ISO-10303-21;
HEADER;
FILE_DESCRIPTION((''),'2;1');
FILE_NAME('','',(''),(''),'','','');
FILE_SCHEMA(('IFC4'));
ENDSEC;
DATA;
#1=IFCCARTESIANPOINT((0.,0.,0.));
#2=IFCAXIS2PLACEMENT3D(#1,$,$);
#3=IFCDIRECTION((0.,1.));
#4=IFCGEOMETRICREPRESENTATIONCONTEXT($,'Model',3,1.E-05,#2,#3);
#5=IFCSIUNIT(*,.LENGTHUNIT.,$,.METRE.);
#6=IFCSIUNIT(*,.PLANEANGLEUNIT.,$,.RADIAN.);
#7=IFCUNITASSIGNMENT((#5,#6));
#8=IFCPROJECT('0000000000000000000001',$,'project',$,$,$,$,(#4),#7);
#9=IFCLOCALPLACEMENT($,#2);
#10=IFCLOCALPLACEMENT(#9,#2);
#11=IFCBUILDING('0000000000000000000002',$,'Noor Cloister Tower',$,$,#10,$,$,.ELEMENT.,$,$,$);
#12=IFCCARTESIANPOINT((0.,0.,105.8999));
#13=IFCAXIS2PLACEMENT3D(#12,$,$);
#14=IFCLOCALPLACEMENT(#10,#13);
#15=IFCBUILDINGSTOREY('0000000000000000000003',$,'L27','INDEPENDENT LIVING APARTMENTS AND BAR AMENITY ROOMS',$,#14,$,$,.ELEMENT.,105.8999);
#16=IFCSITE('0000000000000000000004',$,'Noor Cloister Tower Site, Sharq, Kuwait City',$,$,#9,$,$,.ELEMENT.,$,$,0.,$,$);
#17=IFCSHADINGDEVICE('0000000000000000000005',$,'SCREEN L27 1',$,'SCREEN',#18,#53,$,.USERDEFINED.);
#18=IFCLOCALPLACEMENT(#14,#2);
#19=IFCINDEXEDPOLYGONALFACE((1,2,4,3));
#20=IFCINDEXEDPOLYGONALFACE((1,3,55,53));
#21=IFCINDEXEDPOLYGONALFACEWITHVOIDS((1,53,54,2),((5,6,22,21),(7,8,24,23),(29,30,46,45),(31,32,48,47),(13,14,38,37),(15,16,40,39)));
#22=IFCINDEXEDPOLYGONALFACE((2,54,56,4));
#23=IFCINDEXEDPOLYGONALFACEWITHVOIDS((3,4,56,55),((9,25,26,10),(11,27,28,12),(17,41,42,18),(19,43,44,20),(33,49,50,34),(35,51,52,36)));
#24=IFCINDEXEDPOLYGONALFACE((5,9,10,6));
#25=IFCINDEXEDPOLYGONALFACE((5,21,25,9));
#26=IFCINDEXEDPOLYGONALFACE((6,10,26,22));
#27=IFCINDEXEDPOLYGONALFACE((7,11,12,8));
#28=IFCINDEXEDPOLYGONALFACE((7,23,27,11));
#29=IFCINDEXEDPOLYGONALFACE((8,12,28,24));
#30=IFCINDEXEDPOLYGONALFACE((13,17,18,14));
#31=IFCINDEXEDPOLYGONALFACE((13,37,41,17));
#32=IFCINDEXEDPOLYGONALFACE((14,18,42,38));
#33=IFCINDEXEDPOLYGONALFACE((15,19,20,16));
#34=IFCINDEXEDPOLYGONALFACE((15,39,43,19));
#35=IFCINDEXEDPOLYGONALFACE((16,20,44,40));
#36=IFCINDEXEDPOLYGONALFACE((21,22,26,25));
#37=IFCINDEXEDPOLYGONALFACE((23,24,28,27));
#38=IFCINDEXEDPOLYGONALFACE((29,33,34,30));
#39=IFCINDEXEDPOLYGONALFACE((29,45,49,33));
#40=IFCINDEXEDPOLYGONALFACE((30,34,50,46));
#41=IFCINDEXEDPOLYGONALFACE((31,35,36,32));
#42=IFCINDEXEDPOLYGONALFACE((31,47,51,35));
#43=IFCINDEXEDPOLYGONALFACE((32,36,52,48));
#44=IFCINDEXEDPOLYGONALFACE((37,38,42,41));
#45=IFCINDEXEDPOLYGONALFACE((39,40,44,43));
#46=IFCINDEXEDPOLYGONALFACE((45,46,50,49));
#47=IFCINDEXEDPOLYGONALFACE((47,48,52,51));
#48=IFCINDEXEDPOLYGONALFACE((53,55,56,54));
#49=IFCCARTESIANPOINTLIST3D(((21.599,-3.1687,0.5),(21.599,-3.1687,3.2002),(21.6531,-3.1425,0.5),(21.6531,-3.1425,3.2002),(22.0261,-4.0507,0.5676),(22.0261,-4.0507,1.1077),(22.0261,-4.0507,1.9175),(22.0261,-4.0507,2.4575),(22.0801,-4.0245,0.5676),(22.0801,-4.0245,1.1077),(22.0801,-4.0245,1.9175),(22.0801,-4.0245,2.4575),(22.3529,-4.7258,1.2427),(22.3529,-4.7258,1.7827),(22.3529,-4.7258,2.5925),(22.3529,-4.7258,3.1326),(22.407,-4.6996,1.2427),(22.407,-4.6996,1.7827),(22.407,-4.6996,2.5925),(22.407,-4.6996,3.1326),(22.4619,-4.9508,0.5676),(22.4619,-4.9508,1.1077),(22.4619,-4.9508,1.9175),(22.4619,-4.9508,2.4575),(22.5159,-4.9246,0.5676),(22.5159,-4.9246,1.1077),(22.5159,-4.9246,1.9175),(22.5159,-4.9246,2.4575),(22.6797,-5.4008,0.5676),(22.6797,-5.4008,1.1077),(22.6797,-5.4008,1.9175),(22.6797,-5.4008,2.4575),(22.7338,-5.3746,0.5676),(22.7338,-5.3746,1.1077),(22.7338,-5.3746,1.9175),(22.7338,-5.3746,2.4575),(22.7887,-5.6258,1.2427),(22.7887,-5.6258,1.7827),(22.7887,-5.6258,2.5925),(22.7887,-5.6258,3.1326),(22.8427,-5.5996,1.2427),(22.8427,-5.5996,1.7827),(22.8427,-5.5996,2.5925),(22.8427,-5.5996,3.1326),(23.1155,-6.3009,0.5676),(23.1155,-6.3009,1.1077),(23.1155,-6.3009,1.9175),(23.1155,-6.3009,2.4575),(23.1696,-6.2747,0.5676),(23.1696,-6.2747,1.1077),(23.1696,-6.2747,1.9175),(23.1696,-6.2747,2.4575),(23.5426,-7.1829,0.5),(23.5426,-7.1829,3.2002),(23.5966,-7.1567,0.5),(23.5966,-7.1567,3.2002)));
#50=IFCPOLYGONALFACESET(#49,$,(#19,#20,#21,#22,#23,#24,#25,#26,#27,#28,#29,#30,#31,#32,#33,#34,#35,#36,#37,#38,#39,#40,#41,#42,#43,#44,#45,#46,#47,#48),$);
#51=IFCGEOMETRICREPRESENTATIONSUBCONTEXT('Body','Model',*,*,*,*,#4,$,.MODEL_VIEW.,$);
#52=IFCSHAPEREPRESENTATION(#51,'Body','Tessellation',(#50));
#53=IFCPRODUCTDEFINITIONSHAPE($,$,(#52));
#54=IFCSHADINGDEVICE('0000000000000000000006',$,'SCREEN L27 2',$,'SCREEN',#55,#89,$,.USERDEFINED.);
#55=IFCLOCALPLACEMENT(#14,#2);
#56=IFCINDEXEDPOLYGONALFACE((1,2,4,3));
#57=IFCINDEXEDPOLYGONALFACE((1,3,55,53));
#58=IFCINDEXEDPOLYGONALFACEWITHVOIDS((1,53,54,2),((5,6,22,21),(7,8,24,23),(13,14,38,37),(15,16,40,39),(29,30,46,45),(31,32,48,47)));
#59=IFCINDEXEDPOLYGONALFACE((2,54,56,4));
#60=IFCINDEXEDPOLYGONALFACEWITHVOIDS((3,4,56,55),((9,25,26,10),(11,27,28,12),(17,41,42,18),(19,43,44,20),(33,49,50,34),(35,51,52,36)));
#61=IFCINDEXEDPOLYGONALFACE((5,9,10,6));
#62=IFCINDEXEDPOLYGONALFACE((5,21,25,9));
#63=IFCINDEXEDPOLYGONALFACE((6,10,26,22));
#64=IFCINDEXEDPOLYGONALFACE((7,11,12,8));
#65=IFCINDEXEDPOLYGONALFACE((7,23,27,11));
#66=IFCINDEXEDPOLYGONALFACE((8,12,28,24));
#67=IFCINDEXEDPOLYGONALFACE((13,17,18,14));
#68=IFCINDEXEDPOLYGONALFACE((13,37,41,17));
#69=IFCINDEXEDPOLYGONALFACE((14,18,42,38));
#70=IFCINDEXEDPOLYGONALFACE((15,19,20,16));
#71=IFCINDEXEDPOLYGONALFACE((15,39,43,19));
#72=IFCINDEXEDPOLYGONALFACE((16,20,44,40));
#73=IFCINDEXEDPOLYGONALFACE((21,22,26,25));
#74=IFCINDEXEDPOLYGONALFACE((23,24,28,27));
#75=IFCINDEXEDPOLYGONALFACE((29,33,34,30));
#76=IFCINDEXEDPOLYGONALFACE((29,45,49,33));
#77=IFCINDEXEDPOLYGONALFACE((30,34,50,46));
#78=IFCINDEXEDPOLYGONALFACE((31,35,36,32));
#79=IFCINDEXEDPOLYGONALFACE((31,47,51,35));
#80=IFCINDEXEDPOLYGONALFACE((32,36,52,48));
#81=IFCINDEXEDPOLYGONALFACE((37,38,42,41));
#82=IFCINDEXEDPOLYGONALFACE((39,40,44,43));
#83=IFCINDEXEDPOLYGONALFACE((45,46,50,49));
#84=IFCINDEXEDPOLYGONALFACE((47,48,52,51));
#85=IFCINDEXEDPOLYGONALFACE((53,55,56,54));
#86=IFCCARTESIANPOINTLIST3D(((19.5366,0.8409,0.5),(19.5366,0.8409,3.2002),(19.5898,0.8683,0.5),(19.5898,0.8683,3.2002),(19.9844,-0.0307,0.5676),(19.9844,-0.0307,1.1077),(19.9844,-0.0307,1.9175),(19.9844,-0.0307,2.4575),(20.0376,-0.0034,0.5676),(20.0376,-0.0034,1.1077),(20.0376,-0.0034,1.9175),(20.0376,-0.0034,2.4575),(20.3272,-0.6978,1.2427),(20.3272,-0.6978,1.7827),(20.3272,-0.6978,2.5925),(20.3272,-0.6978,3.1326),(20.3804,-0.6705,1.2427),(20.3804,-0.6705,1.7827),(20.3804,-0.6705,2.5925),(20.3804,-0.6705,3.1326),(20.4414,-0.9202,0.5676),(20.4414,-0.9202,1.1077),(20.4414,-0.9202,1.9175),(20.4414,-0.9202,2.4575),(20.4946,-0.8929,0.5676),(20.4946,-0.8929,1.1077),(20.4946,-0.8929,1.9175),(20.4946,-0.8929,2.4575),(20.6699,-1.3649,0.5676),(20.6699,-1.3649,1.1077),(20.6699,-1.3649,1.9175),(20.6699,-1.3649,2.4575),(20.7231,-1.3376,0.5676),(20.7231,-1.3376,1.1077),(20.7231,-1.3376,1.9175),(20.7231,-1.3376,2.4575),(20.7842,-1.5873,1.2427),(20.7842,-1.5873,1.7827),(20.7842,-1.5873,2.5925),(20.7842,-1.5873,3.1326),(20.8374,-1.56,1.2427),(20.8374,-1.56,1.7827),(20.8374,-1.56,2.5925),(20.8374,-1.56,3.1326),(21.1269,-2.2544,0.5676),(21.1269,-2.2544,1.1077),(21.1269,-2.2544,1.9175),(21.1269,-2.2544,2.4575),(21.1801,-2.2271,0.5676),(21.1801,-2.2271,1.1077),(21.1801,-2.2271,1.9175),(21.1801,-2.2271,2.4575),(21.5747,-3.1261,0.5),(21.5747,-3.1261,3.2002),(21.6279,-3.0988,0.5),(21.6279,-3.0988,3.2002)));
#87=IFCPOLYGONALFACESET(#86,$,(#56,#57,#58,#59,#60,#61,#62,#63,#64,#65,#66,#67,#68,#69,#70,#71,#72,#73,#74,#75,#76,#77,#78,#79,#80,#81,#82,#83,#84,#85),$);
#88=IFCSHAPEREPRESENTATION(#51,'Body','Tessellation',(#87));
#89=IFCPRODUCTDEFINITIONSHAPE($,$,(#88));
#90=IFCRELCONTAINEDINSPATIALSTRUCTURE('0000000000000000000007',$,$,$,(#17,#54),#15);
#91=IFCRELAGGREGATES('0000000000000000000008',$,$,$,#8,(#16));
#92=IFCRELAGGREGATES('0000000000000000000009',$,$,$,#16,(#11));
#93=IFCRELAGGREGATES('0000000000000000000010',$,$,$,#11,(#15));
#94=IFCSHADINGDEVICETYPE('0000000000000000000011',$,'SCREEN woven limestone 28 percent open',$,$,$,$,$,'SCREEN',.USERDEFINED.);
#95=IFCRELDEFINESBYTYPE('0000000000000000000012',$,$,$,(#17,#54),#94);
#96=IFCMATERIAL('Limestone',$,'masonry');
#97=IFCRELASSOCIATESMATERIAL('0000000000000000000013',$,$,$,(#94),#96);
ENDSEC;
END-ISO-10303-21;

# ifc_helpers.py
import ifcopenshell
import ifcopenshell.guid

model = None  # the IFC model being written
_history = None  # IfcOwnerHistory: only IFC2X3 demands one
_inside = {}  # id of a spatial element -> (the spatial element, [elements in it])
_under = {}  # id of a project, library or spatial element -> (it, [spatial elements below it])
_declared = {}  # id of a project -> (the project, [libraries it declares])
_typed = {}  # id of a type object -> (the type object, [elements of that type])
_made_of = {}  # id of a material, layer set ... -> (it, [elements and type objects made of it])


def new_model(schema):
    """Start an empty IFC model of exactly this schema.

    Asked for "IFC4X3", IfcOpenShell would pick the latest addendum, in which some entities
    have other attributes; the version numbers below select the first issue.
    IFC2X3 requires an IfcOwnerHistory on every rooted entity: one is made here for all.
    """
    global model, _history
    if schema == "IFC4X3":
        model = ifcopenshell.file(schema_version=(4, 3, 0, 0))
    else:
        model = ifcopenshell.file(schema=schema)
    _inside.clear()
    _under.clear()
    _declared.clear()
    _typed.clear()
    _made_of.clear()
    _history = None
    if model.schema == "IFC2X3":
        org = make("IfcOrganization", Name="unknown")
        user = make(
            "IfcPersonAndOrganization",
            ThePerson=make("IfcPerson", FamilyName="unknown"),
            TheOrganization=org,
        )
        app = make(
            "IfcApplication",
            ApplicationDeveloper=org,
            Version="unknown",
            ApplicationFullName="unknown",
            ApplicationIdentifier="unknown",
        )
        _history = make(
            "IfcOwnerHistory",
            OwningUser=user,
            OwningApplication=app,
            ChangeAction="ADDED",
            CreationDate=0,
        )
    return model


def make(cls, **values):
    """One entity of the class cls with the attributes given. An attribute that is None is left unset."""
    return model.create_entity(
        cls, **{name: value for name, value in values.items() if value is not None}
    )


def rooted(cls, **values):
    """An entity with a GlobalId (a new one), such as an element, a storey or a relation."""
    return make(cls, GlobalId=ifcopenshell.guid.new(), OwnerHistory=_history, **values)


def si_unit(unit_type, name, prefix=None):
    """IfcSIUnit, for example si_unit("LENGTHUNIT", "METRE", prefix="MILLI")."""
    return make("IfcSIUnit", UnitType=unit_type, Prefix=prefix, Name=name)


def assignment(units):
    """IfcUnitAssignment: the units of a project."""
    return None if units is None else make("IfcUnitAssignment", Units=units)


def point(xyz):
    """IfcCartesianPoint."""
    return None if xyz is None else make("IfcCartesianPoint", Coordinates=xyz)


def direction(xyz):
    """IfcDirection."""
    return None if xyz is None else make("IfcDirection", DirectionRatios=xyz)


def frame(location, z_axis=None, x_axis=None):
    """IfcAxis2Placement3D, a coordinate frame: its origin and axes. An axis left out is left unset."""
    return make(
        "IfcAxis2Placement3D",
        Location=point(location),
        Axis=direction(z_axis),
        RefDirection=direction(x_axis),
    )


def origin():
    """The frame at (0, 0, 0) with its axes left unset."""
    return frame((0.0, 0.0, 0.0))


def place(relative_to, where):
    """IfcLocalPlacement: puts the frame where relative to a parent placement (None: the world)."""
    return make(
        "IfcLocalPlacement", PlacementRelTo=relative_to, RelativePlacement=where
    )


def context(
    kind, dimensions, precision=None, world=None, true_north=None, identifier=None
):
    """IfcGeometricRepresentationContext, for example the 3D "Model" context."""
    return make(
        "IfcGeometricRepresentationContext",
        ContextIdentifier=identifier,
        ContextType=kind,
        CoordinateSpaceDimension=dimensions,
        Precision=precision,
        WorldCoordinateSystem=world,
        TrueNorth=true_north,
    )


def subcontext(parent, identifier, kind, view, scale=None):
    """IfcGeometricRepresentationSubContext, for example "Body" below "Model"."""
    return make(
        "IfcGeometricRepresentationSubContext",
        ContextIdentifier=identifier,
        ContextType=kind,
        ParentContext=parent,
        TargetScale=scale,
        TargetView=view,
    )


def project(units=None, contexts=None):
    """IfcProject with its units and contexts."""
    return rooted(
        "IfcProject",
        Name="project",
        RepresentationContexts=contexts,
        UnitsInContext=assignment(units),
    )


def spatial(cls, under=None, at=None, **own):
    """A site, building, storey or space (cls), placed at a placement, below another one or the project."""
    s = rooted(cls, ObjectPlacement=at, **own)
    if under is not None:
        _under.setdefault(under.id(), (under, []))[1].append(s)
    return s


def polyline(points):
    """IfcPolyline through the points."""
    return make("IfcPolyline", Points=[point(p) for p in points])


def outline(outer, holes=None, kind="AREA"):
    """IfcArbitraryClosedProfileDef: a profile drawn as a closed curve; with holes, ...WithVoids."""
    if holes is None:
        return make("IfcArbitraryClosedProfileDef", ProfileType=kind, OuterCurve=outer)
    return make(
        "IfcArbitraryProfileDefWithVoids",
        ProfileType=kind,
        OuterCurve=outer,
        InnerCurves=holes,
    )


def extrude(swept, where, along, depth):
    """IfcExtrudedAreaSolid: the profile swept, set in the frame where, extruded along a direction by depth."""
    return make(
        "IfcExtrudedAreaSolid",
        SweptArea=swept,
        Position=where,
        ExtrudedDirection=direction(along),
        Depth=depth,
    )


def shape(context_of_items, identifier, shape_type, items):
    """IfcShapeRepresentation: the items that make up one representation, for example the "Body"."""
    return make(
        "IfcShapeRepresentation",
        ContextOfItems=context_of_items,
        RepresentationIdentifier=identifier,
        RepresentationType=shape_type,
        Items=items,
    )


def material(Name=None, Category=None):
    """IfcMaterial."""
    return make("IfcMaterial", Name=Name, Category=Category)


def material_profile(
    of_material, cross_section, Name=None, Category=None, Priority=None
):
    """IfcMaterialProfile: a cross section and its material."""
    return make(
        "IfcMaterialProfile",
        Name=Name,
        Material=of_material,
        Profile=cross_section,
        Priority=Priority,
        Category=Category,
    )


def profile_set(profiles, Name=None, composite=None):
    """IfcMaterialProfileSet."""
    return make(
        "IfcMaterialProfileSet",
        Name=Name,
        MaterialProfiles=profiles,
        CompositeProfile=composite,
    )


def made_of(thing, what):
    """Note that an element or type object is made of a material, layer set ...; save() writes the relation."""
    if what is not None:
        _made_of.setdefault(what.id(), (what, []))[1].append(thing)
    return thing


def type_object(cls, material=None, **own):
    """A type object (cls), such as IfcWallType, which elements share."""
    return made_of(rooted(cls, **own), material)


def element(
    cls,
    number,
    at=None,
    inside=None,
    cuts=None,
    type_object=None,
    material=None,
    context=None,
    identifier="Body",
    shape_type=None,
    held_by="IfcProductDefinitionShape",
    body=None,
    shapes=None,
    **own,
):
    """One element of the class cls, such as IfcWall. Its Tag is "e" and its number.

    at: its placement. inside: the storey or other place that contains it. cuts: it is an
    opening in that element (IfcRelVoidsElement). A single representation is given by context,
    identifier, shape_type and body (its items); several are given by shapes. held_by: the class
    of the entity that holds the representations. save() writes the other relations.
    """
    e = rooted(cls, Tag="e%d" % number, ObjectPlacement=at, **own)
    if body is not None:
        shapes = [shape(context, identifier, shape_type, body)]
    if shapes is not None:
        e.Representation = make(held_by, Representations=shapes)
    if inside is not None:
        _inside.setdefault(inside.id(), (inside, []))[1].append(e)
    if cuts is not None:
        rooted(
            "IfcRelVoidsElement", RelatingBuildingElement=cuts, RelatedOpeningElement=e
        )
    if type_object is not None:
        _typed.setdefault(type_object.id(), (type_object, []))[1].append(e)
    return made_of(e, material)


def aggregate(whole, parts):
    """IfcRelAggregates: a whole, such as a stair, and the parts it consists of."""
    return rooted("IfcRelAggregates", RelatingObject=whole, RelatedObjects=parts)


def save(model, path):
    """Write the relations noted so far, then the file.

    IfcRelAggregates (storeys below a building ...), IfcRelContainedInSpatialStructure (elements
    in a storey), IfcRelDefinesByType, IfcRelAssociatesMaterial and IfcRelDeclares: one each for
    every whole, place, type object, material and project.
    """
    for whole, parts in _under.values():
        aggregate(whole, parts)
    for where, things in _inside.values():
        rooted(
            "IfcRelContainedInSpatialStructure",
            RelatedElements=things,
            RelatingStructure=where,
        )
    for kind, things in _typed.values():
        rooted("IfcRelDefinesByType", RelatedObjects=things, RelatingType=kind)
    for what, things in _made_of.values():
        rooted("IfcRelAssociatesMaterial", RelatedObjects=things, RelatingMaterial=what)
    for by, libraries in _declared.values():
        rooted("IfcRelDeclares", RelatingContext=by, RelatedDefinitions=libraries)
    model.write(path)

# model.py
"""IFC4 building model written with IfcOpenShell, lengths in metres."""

from ifc_helpers import new_model, si_unit, direction, frame, origin, place, context, subcontext, project, spatial, polyline, outline, extrude, material, material_profile, profile_set, type_object, element, save


model = new_model("IFC4")

# Units and contexts
model_context = context("Model", 3, precision=1e-05, world=origin(), true_north=direction((0.0, 1.0)))
body_context = subcontext(model_context, "Body", "Model", "MODEL_VIEW")
ifc_project = project(units=[si_unit("LENGTHUNIT", "METRE"), si_unit("PLANEANGLEUNIT", "RADIAN")], contexts=[model_context])

# Site, building, storey
site_placement = place(None, origin())
site = spatial("IfcSite", under=ifc_project, at=site_placement, Name="Noor Cloister Tower Site, Sharq, Kuwait City", CompositionType="ELEMENT", RefElevation=0.0)
building_placement = place(site_placement, origin())
building = spatial("IfcBuilding", under=site, at=building_placement, Name="Noor Cloister Tower", CompositionType="ELEMENT")
storey_placement = place(building_placement, frame((0.0, 0.0, 105.8999)))
storey = spatial("IfcBuildingStorey", under=building, at=storey_placement, Name="L27", Description="INDEPENDENT LIVING APARTMENTS AND BAR AMENITY ROOMS", CompositionType="ELEMENT", Elevation=105.8999)

# Shading devices
ifc_material_1 = material(Name="Limestone", Category="masonry")
ifc_material_profile_1 = material_profile(ifc_material_1, outline(polyline([(-2.23, -1.3501), (2.23, -1.3501), (2.23, 1.3501), (-2.23, 1.3501), (-2.23, -1.3501)]), holes=[polyline([(-1.25, -1.2825), (-0.25, -1.2825), (-0.25, -0.7424), (-1.25, -0.7424), (-1.25, -1.2825)]), polyline([(0.25, -1.2825), (1.25, -1.2825), (1.25, -0.7424), (0.25, -0.7424), (0.25, -1.2825)]), polyline([(-0.5, -0.6074), (0.5, -0.6074), (0.5, -0.0674), (-0.5, -0.0674), (-0.5, -0.6074)]), polyline([(-1.25, 0.0674), (-0.25, 0.0674), (-0.25, 0.6074), (-1.25, 0.6074), (-1.25, 0.0674)]), polyline([(0.25, 0.0674), (1.25, 0.0674), (1.25, 0.6074), (0.25, 0.6074), (0.25, 0.0674)]), polyline([(-0.5, 0.7424), (0.5, 0.7424), (0.5, 1.2825), (-0.5, 1.2825), (-0.5, 0.7424)])]), Name="Woven screen 28 percent open")
ifc_profile_set_1 = profile_set([ifc_material_profile_1], Name="Limestone")
shading_device_type = type_object("IfcShadingDeviceType", Name="SCREEN woven limestone 28 percent open", ElementType="SCREEN", PredefinedType="USERDEFINED", material=ifc_profile_set_1)
shading_device_1_placement = place(storey_placement, frame((22.5708, -5.1758, 1.8501), z_axis=(0.900056, 0.435774, 0.0), x_axis=(-0.435774, 0.900056, 0.0)))
element("IfcShadingDevice", 1, at=shading_device_1_placement, inside=storey, type_object=shading_device_type, Name="SCREEN L27 1", ObjectType="SCREEN", PredefinedType="USERDEFINED", context=body_context, shape_type="SweptSolid", body=[
    extrude(outline(polyline([(-2.23, -1.3501), (2.23, -1.3501), (2.23, 1.3501), (-2.23, 1.3501), (-2.23, -1.3501)]), holes=[polyline([(-1.25, -1.2825), (-0.25, -1.2825), (-0.25, -0.7424), (-1.25, -0.7424), (-1.25, -1.2825)]), polyline([(0.25, -1.2825), (1.25, -1.2825), (1.25, -0.7424), (0.25, -0.7424), (0.25, -1.2825)]), polyline([(-0.5, -0.6074), (0.5, -0.6074), (0.5, -0.0674), (-0.5, -0.0674), (-0.5, -0.6074)]), polyline([(-1.25, 0.0674), (-0.25, 0.0674), (-0.25, 0.6074), (-1.25, 0.6074), (-1.25, 0.0674)]), polyline([(0.25, 0.0674), (1.25, 0.0674), (1.25, 0.6074), (0.25, 0.6074), (0.25, 0.0674)]), polyline([(-0.5, 0.7424), (0.5, 0.7424), (0.5, 1.2825), (-0.5, 1.2825), (-0.5, 0.7424)])]), origin(), (0.0, 0.0, 1.0), 0.0601),
])
shading_device_2_placement = place(storey_placement, frame((20.5557, -1.1426, 1.8501), z_axis=(0.889477, 0.456979, 0.0), x_axis=(-0.456979, 0.889477, 0.0)))
element("IfcShadingDevice", 2, at=shading_device_2_placement, inside=storey, type_object=shading_device_type, Name="SCREEN L27 2", ObjectType="SCREEN", PredefinedType="USERDEFINED", context=body_context, shape_type="SweptSolid", body=[
    extrude(outline(polyline([(-2.23, -1.3501), (2.23, -1.3501), (2.23, 1.3501), (-2.23, 1.3501), (-2.23, -1.3501)]), holes=[polyline([(-1.25, -1.2825), (-0.25, -1.2825), (-0.25, -0.7424), (-1.25, -0.7424), (-1.25, -1.2825)]), polyline([(0.25, -1.2825), (1.25, -1.2825), (1.25, -0.7424), (0.25, -0.7424), (0.25, -1.2825)]), polyline([(-0.5, -0.6074), (0.5, -0.6074), (0.5, -0.0674), (-0.5, -0.0674), (-0.5, -0.6074)]), polyline([(-1.25, 0.0674), (-0.25, 0.0674), (-0.25, 0.6074), (-1.25, 0.6074), (-1.25, 0.0674)]), polyline([(0.25, 0.0674), (1.25, 0.0674), (1.25, 0.6074), (0.25, 0.6074), (0.25, 0.0674)]), polyline([(-0.5, 0.7424), (0.5, 0.7424), (0.5, 1.2825), (-0.5, 1.2825), (-0.5, 0.7424)])]), origin(), (0.0, 0.0, 1.0), 0.0598),
])

save(model, "model.ifc")
